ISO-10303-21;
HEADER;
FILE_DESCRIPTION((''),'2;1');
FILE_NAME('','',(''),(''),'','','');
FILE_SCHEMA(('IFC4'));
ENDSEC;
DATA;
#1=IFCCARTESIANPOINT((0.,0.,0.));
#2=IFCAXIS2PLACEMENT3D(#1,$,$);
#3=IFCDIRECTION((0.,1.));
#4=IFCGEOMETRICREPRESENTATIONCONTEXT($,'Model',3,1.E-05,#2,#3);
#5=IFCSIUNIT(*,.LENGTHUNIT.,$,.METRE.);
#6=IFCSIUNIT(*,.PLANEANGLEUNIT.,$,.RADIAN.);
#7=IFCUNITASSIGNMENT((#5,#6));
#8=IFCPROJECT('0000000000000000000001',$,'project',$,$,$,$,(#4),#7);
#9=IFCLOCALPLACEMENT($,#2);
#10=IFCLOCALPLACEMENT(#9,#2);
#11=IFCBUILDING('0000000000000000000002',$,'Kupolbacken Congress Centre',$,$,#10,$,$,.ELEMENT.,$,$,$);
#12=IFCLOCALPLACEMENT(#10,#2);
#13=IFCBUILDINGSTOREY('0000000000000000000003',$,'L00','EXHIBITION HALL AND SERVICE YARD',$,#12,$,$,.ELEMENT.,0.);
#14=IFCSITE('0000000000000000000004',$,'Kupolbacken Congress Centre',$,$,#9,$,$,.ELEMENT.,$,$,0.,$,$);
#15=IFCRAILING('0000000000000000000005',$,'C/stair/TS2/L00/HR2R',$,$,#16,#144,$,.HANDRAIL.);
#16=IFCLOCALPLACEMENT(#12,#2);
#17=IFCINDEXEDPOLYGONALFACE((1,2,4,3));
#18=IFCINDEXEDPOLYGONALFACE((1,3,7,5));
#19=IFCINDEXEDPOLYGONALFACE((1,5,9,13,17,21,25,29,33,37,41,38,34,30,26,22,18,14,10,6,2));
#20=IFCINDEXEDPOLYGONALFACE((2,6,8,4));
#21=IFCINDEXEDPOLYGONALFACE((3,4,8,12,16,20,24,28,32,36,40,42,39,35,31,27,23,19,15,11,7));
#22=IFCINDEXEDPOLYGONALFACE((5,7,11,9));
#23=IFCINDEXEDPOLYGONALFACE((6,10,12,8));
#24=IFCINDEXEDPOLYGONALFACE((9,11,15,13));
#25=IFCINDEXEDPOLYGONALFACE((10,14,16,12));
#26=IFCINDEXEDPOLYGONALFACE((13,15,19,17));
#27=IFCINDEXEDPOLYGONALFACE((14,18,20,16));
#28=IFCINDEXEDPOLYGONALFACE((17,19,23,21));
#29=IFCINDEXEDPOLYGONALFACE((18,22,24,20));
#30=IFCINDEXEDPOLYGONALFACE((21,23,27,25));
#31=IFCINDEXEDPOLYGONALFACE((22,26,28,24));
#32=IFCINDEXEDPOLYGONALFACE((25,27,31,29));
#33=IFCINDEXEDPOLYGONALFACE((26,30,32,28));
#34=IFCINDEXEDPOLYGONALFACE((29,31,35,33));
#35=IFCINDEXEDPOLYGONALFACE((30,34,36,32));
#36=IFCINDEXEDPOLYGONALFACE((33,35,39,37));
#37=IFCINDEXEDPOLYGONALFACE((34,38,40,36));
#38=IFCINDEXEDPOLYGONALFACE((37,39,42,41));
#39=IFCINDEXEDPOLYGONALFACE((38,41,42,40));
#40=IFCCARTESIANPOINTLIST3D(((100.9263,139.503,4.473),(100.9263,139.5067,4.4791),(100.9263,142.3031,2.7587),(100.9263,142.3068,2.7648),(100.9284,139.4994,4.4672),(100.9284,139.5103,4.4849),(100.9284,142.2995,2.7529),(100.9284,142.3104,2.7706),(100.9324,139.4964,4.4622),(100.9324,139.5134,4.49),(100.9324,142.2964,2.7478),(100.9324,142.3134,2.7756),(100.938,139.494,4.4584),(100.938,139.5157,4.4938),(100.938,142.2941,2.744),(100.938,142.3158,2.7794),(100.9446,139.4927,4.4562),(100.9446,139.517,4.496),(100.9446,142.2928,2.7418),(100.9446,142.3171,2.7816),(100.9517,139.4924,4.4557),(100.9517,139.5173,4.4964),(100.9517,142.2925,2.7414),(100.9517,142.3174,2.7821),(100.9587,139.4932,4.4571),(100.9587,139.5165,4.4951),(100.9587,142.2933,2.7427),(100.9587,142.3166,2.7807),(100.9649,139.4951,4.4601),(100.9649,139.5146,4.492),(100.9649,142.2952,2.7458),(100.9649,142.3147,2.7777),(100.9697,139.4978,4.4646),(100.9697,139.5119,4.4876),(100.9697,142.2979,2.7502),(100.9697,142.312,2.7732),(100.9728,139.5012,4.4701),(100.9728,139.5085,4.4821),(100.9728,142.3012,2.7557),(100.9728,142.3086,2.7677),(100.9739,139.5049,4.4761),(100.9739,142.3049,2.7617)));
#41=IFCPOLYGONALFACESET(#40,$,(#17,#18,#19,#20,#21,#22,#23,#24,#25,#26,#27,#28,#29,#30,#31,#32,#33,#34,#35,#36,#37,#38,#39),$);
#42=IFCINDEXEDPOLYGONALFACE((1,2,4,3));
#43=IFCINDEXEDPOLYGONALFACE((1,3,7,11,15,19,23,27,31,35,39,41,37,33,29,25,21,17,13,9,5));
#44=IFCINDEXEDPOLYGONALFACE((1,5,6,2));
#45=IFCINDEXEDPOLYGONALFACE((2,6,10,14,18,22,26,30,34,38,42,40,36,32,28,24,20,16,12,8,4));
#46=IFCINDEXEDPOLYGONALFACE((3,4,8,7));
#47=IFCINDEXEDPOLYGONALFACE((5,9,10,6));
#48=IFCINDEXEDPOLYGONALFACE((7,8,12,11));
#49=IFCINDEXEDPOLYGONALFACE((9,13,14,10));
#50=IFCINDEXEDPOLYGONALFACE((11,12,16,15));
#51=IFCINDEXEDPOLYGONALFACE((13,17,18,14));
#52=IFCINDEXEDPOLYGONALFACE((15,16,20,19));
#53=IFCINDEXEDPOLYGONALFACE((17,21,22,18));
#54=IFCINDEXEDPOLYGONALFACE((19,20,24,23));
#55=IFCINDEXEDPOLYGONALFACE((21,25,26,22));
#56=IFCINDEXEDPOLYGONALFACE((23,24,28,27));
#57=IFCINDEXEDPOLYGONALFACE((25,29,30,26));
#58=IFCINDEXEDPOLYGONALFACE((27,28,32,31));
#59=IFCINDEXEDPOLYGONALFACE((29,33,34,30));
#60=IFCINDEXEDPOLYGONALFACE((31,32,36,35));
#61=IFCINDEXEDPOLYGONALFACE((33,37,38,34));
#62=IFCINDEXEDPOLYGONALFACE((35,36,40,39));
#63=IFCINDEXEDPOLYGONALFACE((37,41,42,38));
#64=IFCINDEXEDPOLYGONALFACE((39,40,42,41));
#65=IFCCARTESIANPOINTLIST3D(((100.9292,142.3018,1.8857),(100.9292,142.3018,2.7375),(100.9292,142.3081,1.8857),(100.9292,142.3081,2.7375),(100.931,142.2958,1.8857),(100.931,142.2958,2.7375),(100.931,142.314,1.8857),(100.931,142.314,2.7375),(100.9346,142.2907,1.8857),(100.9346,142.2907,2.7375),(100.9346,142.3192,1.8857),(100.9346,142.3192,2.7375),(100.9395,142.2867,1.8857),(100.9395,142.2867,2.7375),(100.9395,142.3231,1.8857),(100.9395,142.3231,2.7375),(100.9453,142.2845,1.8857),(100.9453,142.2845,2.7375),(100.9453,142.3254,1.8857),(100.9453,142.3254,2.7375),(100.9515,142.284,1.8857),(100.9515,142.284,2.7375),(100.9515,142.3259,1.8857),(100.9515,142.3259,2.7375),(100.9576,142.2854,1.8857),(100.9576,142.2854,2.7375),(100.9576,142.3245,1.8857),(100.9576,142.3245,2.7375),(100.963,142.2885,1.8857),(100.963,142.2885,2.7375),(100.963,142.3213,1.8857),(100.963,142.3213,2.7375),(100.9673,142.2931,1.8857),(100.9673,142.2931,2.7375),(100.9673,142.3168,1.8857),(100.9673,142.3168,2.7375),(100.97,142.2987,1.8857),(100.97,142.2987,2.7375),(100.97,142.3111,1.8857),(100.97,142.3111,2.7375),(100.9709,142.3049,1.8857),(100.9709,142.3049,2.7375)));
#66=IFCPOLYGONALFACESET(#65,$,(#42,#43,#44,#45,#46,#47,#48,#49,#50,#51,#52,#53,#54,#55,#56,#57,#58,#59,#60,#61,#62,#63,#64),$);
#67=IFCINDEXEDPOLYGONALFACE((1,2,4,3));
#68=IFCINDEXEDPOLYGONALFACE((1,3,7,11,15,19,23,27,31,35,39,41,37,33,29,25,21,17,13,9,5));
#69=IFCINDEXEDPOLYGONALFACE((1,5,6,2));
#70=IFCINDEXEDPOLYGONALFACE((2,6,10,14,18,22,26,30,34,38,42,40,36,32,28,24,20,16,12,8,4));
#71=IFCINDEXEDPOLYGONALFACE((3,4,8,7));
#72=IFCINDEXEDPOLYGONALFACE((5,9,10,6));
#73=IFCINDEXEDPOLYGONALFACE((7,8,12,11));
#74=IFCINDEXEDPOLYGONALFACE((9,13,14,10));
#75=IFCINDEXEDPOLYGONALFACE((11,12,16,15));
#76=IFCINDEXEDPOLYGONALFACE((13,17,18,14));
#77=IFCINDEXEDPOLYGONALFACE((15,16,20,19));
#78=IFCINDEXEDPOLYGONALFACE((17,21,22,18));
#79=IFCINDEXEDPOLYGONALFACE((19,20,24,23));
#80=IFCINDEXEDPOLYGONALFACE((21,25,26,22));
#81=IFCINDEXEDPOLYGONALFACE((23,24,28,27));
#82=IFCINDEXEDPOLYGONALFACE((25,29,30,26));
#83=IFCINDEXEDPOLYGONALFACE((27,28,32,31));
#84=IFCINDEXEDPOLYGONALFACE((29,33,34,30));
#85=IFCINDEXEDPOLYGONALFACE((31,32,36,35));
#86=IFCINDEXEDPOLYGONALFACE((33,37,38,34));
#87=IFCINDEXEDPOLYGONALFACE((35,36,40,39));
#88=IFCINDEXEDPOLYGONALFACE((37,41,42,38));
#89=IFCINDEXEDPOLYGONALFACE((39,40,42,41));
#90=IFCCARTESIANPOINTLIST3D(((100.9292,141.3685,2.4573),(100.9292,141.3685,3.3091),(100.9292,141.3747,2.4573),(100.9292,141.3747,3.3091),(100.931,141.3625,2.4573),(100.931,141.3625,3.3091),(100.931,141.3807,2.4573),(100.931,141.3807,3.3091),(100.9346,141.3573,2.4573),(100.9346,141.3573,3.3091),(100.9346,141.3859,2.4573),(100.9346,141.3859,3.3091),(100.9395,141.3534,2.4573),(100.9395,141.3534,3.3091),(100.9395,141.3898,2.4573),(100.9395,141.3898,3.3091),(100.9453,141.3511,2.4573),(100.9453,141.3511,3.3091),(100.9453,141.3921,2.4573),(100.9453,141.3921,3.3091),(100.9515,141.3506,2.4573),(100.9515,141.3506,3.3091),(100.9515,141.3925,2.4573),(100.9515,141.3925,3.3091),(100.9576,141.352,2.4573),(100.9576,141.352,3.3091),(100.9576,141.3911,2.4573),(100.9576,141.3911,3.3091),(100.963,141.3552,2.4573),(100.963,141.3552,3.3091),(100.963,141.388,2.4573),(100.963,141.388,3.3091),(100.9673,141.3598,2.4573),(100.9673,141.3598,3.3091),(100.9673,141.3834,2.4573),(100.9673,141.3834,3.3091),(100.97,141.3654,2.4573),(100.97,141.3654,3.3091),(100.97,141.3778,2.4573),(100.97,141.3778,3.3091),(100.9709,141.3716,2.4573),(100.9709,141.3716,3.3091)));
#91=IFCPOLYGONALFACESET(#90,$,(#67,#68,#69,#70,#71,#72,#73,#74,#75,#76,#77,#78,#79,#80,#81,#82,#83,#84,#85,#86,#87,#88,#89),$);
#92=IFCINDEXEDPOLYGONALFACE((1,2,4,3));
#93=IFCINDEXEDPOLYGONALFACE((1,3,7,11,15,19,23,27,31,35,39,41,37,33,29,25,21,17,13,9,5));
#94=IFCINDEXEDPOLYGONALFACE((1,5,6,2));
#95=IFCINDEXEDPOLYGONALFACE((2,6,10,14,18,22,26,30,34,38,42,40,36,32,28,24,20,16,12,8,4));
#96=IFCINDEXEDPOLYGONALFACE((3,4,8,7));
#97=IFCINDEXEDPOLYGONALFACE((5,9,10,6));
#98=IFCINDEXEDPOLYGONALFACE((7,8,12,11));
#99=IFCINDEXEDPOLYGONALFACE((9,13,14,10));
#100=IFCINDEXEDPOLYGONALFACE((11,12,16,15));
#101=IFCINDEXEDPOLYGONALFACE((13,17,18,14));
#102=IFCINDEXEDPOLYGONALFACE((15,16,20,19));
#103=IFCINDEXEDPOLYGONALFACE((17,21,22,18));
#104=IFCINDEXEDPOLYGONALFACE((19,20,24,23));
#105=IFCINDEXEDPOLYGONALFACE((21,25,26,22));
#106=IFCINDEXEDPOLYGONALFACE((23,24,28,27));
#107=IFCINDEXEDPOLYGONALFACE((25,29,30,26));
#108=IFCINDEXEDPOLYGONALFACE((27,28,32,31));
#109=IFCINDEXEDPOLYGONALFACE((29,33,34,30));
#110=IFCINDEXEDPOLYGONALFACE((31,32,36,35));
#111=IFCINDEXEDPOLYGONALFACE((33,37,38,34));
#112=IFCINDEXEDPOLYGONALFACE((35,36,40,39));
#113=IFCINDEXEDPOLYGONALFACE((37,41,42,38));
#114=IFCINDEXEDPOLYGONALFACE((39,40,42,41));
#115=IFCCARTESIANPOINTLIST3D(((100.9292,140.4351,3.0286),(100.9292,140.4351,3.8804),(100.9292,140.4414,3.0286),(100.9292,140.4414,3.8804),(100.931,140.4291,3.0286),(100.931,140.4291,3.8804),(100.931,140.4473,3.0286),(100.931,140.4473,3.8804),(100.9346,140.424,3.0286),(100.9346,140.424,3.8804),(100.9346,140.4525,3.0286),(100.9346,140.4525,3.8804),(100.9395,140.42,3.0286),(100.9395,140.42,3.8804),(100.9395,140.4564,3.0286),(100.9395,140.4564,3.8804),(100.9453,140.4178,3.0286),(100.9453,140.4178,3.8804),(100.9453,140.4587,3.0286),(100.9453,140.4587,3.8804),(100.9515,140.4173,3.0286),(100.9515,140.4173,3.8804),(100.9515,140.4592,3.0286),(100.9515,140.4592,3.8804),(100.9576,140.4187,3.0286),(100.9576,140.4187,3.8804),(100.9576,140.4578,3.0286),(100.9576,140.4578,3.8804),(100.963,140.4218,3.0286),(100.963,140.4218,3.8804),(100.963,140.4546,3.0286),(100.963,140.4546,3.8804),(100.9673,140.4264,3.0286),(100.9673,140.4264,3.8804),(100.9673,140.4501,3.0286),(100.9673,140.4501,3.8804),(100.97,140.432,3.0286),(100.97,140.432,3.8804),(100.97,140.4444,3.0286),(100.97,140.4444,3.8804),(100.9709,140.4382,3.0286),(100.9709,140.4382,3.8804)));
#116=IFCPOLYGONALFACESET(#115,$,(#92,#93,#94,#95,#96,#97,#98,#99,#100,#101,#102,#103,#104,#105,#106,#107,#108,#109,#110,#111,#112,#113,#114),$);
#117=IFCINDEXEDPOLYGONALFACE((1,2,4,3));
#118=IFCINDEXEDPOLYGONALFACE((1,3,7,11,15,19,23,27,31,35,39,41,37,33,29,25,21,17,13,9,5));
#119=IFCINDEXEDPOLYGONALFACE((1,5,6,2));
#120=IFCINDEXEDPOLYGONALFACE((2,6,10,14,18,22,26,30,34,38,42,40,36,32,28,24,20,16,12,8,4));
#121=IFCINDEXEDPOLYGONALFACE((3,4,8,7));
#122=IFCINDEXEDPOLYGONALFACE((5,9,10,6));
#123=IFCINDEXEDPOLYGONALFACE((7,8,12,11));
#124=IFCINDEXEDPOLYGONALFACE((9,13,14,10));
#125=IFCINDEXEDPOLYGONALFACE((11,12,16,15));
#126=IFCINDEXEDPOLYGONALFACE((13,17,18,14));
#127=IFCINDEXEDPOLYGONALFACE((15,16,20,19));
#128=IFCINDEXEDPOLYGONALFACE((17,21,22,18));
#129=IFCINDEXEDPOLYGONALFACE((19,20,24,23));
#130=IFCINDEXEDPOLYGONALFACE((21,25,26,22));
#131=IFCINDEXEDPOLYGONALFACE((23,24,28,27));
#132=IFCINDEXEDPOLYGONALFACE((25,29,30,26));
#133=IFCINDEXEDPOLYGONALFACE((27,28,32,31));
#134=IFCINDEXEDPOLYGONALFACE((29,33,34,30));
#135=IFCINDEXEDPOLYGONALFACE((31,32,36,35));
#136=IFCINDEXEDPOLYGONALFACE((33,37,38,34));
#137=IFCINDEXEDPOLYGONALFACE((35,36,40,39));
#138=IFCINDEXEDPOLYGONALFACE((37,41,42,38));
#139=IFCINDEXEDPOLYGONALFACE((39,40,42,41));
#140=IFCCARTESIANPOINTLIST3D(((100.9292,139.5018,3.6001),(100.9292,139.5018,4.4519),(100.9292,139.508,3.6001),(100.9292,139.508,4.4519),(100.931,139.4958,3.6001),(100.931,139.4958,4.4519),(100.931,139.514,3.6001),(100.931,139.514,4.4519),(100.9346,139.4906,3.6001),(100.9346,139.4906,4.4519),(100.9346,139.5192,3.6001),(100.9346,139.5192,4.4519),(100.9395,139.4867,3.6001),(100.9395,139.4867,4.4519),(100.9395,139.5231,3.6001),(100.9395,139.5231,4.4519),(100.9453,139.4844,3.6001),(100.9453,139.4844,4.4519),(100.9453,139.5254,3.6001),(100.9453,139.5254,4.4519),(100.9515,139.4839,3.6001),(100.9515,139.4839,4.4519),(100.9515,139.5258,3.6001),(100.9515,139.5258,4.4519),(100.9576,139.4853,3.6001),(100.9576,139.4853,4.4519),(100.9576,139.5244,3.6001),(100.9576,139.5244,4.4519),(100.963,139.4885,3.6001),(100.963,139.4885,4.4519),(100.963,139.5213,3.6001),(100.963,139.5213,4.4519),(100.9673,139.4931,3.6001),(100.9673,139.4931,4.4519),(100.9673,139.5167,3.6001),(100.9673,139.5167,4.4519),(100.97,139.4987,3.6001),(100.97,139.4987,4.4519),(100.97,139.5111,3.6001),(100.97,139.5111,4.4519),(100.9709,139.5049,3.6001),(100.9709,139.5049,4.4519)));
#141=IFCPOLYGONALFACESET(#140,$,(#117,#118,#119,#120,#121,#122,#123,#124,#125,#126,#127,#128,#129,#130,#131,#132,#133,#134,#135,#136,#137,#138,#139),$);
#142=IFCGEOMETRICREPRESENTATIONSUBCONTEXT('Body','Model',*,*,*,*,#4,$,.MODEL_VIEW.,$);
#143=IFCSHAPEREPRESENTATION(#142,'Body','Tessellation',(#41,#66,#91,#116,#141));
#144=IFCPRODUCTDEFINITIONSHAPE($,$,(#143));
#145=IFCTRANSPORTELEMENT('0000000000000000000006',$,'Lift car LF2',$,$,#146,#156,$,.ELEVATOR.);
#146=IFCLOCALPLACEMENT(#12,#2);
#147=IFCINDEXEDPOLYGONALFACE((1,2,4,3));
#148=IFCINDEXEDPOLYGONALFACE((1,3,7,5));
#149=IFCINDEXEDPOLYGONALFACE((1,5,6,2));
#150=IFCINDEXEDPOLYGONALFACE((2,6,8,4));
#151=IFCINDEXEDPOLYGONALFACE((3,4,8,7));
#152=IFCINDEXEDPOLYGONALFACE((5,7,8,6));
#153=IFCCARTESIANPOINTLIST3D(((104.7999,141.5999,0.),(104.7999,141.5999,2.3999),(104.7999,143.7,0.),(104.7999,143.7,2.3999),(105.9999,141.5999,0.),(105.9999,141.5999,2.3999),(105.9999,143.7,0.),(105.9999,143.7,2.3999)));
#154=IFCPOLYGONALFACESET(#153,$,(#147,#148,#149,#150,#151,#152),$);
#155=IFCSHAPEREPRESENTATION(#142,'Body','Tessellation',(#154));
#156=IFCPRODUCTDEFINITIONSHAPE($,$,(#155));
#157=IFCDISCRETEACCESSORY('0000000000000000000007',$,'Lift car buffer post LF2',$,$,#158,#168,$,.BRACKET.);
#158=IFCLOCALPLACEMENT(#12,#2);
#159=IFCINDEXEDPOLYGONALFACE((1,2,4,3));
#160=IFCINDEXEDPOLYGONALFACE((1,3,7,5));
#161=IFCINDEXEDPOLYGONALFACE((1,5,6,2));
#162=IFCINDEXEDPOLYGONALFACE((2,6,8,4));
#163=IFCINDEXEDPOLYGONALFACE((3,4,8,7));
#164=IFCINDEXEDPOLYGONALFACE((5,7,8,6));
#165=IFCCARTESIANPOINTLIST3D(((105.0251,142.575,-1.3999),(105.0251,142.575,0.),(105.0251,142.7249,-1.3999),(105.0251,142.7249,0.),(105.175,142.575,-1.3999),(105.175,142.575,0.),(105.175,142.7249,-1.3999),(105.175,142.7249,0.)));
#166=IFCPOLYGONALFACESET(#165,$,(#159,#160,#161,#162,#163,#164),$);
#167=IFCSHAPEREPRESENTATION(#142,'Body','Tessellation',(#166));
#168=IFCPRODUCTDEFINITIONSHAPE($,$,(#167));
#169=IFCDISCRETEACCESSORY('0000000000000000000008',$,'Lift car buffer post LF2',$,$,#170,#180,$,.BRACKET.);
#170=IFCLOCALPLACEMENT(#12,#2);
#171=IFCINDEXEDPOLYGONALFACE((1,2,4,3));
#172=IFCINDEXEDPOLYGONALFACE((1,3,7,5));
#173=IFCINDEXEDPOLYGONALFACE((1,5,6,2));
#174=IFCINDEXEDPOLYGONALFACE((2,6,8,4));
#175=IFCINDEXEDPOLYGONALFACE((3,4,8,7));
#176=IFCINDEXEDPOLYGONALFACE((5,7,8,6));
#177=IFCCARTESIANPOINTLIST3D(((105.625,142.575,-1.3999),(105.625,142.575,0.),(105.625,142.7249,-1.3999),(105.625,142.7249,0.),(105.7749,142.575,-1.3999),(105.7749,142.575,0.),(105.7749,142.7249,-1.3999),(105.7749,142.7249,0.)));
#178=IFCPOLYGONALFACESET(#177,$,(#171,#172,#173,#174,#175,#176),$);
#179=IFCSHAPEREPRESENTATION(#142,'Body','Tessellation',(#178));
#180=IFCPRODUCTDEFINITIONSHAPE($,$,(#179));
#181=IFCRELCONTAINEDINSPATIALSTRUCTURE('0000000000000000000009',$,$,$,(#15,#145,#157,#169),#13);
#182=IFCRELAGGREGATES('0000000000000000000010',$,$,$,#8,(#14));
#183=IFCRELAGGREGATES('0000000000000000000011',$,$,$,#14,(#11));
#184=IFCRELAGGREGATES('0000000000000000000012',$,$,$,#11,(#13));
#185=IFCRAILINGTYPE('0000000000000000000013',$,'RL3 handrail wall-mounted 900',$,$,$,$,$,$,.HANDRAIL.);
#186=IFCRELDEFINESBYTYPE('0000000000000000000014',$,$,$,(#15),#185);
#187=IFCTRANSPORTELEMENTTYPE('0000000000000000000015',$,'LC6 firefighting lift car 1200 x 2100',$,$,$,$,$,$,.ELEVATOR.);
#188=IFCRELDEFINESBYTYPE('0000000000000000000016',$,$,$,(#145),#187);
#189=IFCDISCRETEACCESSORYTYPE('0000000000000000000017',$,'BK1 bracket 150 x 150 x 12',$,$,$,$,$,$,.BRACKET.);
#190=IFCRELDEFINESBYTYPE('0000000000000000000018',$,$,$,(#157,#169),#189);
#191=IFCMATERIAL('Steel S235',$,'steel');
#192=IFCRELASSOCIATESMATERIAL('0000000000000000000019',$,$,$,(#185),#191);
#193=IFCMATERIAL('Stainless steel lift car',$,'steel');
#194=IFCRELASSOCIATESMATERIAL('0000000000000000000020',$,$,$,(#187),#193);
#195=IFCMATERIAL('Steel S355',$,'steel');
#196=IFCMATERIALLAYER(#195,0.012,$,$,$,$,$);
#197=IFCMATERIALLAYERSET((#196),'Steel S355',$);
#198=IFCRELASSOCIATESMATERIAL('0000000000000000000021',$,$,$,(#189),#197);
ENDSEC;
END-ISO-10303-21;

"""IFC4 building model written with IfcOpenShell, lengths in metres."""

from ifc_helpers import new_model, si_unit, direction, frame, origin, origin_2d, place, context, subcontext, project, spatial, rectangle, circle, extrude, material, layer, layer_set, type_object, element, save


model = new_model("IFC4")

# Units and contexts
model_context = context("Model", 3, precision=1e-05, world=origin(), true_north=direction((0.0, 1.0)))
body_context = subcontext(model_context, "Body", "Model", "MODEL_VIEW")
ifc_project = project(units=[si_unit("LENGTHUNIT", "METRE"), si_unit("PLANEANGLEUNIT", "RADIAN")], contexts=[model_context])

# Site, building, storey
site_placement = place(None, origin())
site = spatial("IfcSite", under=ifc_project, at=site_placement, Name="Kupolbacken Congress Centre", CompositionType="ELEMENT", RefElevation=0.0)
building_placement = place(site_placement, origin())
building = spatial("IfcBuilding", under=site, at=building_placement, Name="Kupolbacken Congress Centre", CompositionType="ELEMENT")
storey_placement = place(building_placement, origin())
storey = spatial("IfcBuildingStorey", under=building, at=storey_placement, Name="L00", Description="EXHIBITION HALL AND SERVICE YARD", CompositionType="ELEMENT", Elevation=0.0)

# Railing
ifc_material_1 = material(Name="Steel S235", Category="steel")
railing_type = type_object("IfcRailingType", Name="RL3 handrail wall-mounted 900", PredefinedType="HANDRAIL", material=ifc_material_1)
for number, where, name in (
    (1, (100.95, 142.3049, 1.8857), "C/stair/TS2/L00/HR2R"),
):
    element("IfcRailing", number, at=place(storey_placement, frame(where)), inside=storey, type_object=railing_type, Name=name, PredefinedType="HANDRAIL", context=body_context, shape_type="SweptSolid", body=[
        extrude(circle(Radius=0.0239, at=origin_2d()), frame((0.0, 0.0, 0.876), z_axis=(0.0, -0.852846, 0.522163), x_axis=(1.0, 0.0, 0.0)), (0.0, 0.0, 1.0), 3.2832),
        extrude(circle(Radius=0.021, at=origin_2d()), origin(), (0.0, 0.0, 1.0), 0.8518),
        extrude(circle(Radius=0.021, at=origin_2d()), frame((0.0, -0.9333, 0.5715)), (0.0, 0.0, 1.0), 0.8518),
        extrude(circle(Radius=0.021, at=origin_2d()), frame((0.0, -1.8667, 1.1428)), (0.0, 0.0, 1.0), 0.8518),
        extrude(circle(Radius=0.021, at=origin_2d()), frame((0.0, -2.8, 1.7144)), (0.0, 0.0, 1.0), 0.8518),
    ])

# Transport element
ifc_material_2 = material(Name="Stainless steel lift car", Category="steel")
transport_element_type = type_object("IfcTransportElementType", Name="LC6 firefighting lift car 1200 x 2100", PredefinedType="ELEVATOR", material=ifc_material_2)
transport_element_placement = place(storey_placement, frame((105.3999, 142.6499, 0.0), z_axis=(0.0, 0.0, 1.0), x_axis=(1.0, 0.0, 0.0)))
element("IfcTransportElement", 2, at=transport_element_placement, inside=storey, type_object=transport_element_type, Name="Lift car LF2", PredefinedType="ELEVATOR", context=body_context, shape_type="SweptSolid", body=[
    extrude(rectangle(XDim=1.2, YDim=2.1001, at=origin_2d()), origin(), (0.0, 0.0, 1.0), 2.3999),
])

# Discrete accessories
ifc_material_3 = material(Name="Steel S355", Category="steel")
ifc_layer_1 = layer(ifc_material_3, 0.012)
ifc_layer_set_1 = layer_set([ifc_layer_1], Name="Steel S355")
discrete_accessory_type = type_object("IfcDiscreteAccessoryType", Name="BK1 bracket 150 x 150 x 12", PredefinedType="BRACKET", material=ifc_layer_set_1)
for number, where, z_axis, x_axis, name in (
    (3, (105.1001, 142.6499, -1.3999), (0.0, 0.0, 1.0), (1.0, 0.0, 0.0), "Lift car buffer post LF2"),
    (4, (105.7, 142.6499, -1.3999), (0.0, 0.0, 1.0), (1.0, 0.0, 0.0), "Lift car buffer post LF2"),
):
    element("IfcDiscreteAccessory", number, at=place(storey_placement, frame(where, z_axis=z_axis, x_axis=x_axis)), inside=storey, type_object=discrete_accessory_type, Name=name, PredefinedType="BRACKET", context=body_context, shape_type="SweptSolid", body=[
        extrude(rectangle(XDim=0.1499, YDim=0.1499, at=origin_2d()), origin(), (0.0, 0.0, 1.0), 1.3999),
    ])

save(model, "model.ifc")
